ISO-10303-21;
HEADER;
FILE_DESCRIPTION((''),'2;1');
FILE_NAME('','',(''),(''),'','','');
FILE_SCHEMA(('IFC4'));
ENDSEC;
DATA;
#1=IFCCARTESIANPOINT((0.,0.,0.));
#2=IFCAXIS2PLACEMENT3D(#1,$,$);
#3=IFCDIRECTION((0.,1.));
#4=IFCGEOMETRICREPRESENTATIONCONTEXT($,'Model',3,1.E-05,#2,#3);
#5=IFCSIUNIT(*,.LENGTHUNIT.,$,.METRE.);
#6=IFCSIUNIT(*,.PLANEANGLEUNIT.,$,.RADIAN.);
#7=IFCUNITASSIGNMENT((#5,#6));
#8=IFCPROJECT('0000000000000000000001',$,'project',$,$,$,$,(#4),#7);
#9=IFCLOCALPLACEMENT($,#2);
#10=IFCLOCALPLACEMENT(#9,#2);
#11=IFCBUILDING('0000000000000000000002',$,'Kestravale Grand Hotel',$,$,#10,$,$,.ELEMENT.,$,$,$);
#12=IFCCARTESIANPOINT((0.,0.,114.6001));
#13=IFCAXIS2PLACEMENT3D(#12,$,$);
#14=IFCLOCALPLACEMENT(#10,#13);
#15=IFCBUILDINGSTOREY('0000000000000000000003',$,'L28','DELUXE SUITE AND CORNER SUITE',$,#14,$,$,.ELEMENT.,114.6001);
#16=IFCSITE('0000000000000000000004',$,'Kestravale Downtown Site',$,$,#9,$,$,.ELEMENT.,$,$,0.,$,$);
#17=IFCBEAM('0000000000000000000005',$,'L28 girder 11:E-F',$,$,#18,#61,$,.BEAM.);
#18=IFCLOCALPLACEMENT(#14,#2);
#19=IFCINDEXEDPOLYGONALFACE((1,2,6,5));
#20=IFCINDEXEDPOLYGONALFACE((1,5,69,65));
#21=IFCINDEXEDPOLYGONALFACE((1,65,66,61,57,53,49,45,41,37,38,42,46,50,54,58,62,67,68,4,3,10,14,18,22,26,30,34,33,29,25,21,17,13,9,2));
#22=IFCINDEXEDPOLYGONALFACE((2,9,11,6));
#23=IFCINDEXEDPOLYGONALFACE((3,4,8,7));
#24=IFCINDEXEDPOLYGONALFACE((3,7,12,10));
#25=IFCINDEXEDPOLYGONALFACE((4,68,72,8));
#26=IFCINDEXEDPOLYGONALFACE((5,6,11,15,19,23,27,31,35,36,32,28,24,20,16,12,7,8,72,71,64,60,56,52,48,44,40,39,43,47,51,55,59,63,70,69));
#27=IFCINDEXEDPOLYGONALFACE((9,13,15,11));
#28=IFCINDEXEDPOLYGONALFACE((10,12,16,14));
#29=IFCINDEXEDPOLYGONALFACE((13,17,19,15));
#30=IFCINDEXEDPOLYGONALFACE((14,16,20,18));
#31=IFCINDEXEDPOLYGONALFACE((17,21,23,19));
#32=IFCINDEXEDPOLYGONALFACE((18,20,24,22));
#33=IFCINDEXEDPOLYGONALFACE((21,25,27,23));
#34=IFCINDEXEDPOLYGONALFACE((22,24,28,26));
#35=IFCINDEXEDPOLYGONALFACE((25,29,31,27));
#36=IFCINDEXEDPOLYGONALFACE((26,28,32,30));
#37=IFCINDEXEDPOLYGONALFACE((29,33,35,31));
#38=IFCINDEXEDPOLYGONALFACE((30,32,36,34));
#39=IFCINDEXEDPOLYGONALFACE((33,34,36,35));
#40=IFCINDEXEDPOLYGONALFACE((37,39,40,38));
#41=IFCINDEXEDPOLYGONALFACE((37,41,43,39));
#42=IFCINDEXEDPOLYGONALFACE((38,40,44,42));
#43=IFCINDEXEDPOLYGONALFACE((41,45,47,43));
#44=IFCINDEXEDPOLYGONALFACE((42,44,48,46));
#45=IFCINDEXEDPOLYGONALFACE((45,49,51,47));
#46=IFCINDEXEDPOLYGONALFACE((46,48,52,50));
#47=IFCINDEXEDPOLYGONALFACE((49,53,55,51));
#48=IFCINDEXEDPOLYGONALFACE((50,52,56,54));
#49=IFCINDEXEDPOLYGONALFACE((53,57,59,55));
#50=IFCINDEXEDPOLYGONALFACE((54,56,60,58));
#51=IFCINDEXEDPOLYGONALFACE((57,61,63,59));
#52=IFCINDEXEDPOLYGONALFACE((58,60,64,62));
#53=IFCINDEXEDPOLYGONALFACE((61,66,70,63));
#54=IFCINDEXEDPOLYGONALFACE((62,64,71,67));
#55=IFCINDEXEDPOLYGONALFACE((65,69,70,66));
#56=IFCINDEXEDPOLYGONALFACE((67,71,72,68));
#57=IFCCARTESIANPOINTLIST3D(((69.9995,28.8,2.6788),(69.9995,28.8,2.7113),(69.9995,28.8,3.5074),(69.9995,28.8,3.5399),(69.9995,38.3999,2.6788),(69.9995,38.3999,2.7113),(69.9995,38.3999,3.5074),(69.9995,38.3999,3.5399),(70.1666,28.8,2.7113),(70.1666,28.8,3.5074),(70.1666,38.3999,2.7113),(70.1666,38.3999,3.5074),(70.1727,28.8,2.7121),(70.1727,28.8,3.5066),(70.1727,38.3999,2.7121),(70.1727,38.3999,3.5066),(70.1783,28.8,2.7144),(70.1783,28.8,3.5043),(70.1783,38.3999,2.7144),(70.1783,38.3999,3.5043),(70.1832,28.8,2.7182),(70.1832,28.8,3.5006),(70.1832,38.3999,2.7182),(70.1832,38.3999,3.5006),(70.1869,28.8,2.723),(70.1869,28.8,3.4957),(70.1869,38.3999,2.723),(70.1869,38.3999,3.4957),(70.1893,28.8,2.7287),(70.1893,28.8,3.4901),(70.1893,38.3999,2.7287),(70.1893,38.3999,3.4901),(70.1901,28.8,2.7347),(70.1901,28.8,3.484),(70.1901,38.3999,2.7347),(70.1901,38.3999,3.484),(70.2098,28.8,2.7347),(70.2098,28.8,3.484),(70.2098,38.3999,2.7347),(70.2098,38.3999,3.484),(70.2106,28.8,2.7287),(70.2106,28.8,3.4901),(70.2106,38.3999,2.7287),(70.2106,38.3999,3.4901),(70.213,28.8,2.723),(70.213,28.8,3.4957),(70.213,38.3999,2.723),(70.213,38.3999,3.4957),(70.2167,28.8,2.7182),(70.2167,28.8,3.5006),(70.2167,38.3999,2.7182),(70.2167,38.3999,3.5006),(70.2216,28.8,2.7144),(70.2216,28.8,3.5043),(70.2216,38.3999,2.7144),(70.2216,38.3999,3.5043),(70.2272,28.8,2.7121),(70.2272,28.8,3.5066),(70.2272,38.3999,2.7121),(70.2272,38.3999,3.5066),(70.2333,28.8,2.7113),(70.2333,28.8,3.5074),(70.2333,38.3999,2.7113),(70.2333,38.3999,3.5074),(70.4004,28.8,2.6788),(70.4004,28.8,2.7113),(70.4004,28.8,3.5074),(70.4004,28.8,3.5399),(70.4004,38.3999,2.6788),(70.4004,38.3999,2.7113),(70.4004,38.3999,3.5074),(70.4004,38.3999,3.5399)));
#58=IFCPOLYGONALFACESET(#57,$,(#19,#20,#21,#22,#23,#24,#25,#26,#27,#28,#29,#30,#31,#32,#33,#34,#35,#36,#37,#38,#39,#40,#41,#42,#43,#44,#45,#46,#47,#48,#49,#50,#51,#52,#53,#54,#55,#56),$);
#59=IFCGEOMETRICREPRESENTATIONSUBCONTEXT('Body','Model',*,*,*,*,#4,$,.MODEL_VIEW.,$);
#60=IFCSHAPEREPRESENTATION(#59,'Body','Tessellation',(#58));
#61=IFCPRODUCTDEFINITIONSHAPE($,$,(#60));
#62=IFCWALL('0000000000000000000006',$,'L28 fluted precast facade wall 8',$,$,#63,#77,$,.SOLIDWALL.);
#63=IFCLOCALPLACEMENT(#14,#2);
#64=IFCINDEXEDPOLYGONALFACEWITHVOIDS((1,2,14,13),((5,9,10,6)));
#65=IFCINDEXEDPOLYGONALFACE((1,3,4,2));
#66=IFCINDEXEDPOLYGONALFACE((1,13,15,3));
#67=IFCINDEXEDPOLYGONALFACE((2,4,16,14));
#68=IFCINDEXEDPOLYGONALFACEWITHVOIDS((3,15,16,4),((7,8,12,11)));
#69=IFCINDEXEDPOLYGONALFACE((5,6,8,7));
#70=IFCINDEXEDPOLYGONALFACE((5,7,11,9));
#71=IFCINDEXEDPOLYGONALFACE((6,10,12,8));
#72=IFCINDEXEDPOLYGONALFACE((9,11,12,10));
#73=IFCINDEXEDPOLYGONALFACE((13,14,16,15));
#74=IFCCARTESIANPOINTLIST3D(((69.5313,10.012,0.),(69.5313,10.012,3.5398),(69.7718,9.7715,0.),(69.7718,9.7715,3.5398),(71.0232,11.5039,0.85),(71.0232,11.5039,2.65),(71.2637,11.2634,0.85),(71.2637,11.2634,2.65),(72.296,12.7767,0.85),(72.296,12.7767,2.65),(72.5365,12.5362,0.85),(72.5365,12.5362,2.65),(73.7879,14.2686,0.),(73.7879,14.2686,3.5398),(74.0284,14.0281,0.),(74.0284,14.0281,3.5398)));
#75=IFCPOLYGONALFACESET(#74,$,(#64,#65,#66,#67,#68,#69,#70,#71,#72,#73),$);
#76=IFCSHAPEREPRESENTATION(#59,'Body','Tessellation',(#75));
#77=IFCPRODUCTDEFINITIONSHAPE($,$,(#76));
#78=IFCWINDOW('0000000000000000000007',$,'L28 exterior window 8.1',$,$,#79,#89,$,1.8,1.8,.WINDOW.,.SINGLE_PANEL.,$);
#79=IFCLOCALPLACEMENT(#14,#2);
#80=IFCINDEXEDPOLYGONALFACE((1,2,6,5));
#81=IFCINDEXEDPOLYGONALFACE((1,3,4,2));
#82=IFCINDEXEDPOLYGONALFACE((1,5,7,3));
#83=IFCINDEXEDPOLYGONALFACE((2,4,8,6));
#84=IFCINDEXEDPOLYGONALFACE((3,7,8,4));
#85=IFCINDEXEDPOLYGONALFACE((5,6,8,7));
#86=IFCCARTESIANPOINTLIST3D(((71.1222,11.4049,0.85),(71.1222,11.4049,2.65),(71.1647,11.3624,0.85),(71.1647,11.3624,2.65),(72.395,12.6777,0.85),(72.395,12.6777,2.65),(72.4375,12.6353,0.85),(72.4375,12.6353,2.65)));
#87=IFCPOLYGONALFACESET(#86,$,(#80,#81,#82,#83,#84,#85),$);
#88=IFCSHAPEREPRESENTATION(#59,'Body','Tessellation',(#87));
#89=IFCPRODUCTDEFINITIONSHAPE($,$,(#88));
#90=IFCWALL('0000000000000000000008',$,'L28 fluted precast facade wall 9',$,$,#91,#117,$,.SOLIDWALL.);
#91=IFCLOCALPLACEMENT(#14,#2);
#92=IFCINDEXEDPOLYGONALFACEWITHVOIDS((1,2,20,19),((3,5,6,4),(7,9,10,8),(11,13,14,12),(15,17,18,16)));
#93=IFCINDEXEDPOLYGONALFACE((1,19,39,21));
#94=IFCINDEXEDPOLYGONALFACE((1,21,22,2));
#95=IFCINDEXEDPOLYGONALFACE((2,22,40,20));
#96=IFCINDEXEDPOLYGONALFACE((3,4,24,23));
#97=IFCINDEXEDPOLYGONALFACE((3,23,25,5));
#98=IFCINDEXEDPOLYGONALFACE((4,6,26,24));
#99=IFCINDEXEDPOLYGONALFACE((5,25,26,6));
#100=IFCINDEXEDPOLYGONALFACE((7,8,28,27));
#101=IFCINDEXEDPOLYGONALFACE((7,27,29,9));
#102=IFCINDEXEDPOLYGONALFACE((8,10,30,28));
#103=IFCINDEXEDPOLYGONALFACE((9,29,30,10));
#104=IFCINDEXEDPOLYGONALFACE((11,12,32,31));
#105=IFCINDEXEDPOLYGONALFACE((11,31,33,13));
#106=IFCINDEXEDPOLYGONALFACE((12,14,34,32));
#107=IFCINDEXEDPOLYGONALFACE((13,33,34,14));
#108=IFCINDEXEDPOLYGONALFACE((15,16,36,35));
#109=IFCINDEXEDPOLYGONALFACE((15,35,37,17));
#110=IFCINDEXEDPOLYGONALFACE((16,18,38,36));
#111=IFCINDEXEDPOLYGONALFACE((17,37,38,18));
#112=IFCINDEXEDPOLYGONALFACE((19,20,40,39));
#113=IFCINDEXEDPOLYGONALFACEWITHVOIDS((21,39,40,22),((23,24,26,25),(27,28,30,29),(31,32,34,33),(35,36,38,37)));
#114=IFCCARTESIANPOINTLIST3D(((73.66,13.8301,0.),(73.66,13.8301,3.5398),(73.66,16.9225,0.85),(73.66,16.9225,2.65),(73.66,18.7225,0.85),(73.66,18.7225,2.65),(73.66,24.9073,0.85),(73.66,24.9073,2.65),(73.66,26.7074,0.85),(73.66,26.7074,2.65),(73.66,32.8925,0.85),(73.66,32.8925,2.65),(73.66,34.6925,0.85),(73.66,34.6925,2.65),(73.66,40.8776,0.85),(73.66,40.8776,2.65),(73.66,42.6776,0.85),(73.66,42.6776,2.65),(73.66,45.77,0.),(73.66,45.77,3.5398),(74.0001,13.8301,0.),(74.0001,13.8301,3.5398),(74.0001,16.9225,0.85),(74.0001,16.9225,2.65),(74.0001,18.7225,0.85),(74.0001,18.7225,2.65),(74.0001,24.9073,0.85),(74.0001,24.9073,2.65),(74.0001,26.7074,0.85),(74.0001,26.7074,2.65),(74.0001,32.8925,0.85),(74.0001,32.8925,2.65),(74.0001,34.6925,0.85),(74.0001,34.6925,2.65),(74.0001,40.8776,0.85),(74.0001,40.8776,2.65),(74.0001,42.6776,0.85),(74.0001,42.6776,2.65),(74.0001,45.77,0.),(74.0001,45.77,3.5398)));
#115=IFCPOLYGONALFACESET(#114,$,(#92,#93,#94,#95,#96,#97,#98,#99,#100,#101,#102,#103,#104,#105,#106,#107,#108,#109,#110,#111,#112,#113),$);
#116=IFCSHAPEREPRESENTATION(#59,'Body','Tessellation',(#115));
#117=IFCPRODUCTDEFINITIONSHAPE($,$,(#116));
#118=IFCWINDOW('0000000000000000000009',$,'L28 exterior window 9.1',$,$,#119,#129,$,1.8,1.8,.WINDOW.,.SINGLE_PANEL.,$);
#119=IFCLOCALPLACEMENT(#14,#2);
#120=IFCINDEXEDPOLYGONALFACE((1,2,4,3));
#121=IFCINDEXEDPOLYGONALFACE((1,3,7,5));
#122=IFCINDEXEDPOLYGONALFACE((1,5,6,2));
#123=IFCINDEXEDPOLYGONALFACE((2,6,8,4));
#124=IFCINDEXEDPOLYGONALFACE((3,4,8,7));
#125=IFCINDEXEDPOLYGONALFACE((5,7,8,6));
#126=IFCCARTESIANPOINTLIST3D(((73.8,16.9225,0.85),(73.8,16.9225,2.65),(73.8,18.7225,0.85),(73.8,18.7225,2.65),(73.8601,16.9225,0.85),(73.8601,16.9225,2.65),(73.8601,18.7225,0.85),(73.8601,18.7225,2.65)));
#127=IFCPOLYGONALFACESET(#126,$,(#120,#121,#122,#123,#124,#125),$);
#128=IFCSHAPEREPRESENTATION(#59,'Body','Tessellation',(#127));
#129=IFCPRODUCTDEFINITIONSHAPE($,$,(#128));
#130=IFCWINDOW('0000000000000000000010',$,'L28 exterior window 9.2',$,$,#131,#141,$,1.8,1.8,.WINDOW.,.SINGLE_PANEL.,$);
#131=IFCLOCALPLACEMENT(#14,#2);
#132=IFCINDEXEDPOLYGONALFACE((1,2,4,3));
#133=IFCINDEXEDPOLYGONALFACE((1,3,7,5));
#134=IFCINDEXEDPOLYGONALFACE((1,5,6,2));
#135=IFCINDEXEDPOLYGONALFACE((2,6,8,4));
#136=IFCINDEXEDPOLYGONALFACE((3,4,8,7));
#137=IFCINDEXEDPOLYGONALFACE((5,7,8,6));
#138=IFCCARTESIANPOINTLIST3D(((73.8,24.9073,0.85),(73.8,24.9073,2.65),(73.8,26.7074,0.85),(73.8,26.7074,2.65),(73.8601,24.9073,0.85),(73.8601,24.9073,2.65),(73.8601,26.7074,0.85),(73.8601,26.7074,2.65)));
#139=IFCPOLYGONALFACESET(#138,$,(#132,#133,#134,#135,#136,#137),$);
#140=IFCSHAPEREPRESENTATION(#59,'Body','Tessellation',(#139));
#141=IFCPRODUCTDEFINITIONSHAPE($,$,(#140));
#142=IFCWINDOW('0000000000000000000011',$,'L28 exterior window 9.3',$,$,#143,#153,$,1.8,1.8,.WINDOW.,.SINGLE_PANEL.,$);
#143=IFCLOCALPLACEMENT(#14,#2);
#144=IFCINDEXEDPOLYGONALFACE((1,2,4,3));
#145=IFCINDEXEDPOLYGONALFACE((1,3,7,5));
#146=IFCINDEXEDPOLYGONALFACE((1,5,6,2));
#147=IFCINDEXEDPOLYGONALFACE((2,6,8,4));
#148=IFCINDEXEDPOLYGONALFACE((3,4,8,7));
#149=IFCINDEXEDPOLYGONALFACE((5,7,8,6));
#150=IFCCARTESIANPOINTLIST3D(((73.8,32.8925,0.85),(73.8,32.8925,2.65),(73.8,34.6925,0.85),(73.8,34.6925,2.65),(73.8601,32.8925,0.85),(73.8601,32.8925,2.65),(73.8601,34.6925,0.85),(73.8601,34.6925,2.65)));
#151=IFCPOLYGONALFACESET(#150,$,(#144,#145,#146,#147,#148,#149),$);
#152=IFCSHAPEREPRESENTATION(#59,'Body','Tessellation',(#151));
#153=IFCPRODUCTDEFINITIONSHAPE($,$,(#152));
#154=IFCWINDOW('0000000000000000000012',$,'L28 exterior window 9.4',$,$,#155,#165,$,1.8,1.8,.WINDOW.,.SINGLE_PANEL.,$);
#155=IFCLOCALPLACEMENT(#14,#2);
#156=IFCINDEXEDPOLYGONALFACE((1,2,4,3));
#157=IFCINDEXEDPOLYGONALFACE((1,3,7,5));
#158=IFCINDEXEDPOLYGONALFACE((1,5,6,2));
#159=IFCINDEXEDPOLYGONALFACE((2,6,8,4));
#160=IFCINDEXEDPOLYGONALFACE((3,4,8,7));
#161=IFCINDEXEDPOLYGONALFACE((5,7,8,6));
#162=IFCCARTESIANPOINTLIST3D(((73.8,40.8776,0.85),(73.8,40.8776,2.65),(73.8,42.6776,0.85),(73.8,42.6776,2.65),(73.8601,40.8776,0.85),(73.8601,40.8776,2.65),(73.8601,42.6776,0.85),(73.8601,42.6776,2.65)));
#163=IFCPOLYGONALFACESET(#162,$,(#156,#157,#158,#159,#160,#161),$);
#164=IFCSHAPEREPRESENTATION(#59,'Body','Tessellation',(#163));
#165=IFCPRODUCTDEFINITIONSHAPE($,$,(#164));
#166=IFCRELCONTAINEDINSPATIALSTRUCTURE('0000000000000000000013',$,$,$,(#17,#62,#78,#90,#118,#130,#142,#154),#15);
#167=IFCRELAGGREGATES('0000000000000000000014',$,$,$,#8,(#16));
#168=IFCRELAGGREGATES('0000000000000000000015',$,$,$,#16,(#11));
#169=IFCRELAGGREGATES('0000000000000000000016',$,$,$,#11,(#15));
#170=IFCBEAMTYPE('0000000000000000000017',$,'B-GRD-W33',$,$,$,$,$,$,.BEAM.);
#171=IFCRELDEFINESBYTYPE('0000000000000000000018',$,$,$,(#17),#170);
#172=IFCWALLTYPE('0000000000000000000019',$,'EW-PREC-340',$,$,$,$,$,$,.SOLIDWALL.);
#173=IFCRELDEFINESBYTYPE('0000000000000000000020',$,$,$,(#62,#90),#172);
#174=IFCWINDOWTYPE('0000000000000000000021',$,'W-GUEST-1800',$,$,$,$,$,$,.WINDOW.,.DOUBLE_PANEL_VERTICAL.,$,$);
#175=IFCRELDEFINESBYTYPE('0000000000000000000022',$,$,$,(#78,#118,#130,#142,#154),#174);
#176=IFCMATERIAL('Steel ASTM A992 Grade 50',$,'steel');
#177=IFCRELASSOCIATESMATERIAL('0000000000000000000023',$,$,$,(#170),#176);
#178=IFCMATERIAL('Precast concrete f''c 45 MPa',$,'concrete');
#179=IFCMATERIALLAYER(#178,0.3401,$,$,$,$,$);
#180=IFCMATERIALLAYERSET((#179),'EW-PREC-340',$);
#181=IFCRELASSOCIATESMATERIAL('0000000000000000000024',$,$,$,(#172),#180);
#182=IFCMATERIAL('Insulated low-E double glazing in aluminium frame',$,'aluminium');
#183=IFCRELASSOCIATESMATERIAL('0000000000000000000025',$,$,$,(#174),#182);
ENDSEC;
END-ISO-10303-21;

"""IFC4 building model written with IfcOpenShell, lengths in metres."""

from ifc_helpers import new_model, si_unit, direction, frame, frame_2d, origin, origin_2d, place, context, subcontext, project, spatial, rectangle, i_section, extrude, material, layer, layer_set, material_profile, profile_set, type_object, element, fill, save


model = new_model("IFC4")

# Units and contexts
model_context = context("Model", 3, precision=1e-05, world=origin(), true_north=direction((0.0, 1.0)))
body_context = subcontext(model_context, "Body", "Model", "MODEL_VIEW")
ifc_project = project(units=[si_unit("LENGTHUNIT", "METRE"), si_unit("PLANEANGLEUNIT", "RADIAN")], contexts=[model_context])

# Site, building, storey
site_placement = place(None, origin())
site = spatial("IfcSite", under=ifc_project, at=site_placement, Name="Kestravale Downtown Site", CompositionType="ELEMENT", RefElevation=0.0)
building_placement = place(site_placement, origin())
building = spatial("IfcBuilding", under=site, at=building_placement, Name="Kestravale Grand Hotel", CompositionType="ELEMENT")
storey_placement = place(building_placement, frame((0.0, 0.0, 114.6001)))
storey = spatial("IfcBuildingStorey", under=building, at=storey_placement, Name="L28", Description="DELUXE SUITE AND CORNER SUITE", CompositionType="ELEMENT", Elevation=114.6001)

# Beam
ifc_material_1 = material(Name="Steel ASTM A992 Grade 50", Category="steel")
ifc_material_profile_1 = material_profile(ifc_material_1, i_section(OverallWidth=0.4009, OverallDepth=0.8611, WebThickness=0.0198, FlangeThickness=0.0325, FilletRadius=0.0234, at=origin_2d()))
ifc_profile_set_1 = profile_set([ifc_material_profile_1], Name="Steel ASTM A992 Grade 50")
beam_type_1 = type_object("IfcBeamType", Name="B-GRD-W33", PredefinedType="BEAM", material=ifc_profile_set_1)
beam_1_placement = place(storey_placement, frame((70.2, 28.8, 3.1094), z_axis=(0.0, 1.0, 0.0), x_axis=(-1.0, 0.0, 0.0)))
element("IfcBeam", 1, at=beam_1_placement, inside=storey, type_object=beam_type_1, Name="L28 girder 11:E-F", PredefinedType="BEAM", context=body_context, shape_type="SweptSolid", body=[
    extrude(i_section(OverallWidth=0.4009, OverallDepth=0.8611, WebThickness=0.0198, FlangeThickness=0.0325, FilletRadius=0.0234, at=origin_2d()), origin(), (0.0, 0.0, 1.0), 9.5999),
])

# Wall, opening, window
ifc_material_2 = material(Name="Precast concrete f'c 45 MPa", Category="concrete")
ifc_layer_1 = layer(ifc_material_2, 0.3401)
ifc_layer_set_1 = layer_set([ifc_layer_1], Name="EW-PREC-340")
wall_type_1 = type_object("IfcWallType", Name="EW-PREC-340", PredefinedType="SOLIDWALL", material=ifc_layer_set_1)
wall_1_placement = place(storey_placement, frame((69.6516, 9.8918, 0.0), z_axis=(0.0, 0.0, 1.0), x_axis=(0.707107, 0.707107, 0.0)))
wall_1 = element("IfcWall", 2, at=wall_1_placement, inside=storey, type_object=wall_type_1, Name="L28 fluted precast facade wall 8", PredefinedType="SOLIDWALL", context=body_context, shape_type="SweptSolid", body=[
    extrude(rectangle(XDim=6.0198, YDim=0.3401, at=frame_2d((3.0098, 0.0))), origin(), (0.0, 0.0, 1.0), 3.5398),
])
opening_1_placement = place(wall_1_placement, frame((2.1099, 0.0, 0.8501)))
opening_1 = element("IfcOpeningElement", 3, at=opening_1_placement, cuts=wall_1, PredefinedType="OPENING", context=body_context, shape_type="SweptSolid", body=[
    extrude(rectangle(XDim=1.8, YDim=1.8, at=frame_2d((0.8999, 0.8999))), frame((0.0, 0.1799, 0.0), z_axis=(0.0, -1.0, 0.0), x_axis=(1.0, 0.0, 0.0)), (0.0, 0.0, 1.0), 0.3601),
])
ifc_material_3 = material(Name="Insulated low-E double glazing in aluminium frame", Category="aluminium")
window_type = type_object("IfcWindowType", Name="W-GUEST-1800", PartitioningType="DOUBLE_PANEL_VERTICAL", PredefinedType="WINDOW", material=ifc_material_3)
window_1_placement = place(opening_1_placement, origin())
window_1 = element("IfcWindow", 4, at=window_1_placement, inside=storey, type_object=window_type, Name="L28 exterior window 8.1", OverallHeight=1.8, OverallWidth=1.8, PartitioningType="SINGLE_PANEL", PredefinedType="WINDOW", context=body_context, shape_type="SweptSolid", body=[
    extrude(rectangle(XDim=1.8, YDim=1.8, at=frame_2d((0.8999, 0.8999))), frame((0.0, 0.03, 0.0), z_axis=(0.0, -1.0, 0.0), x_axis=(1.0, 0.0, 0.0)), (0.0, 0.0, 1.0), 0.0601),
])
fill(opening_1, window_1)

# Wall, openings, windows
wall_2_placement = place(storey_placement, frame((73.8301, 13.8301, 0.0), z_axis=(0.0, 0.0, 1.0), x_axis=(0.0, 1.0, 0.0)))
wall_2 = element("IfcWall", 5, at=wall_2_placement, inside=storey, type_object=wall_type_1, Name="L28 fluted precast facade wall 9", PredefinedType="SOLIDWALL", context=body_context, shape_type="SweptSolid", body=[
    extrude(rectangle(XDim=31.9399, YDim=0.3401, at=frame_2d((15.97, 0.0))), origin(), (0.0, 0.0, 1.0), 3.5398),
])
opening_2_placement = place(wall_2_placement, frame((3.0925, 0.0, 0.8501)))
opening_2 = element("IfcOpeningElement", 6, at=opening_2_placement, cuts=wall_2, PredefinedType="OPENING", context=body_context, shape_type="SweptSolid", body=[
    extrude(rectangle(XDim=1.8, YDim=1.8, at=frame_2d((0.8999, 0.8999))), frame((0.0, 0.1799, 0.0), z_axis=(0.0, -1.0, 0.0), x_axis=(1.0, 0.0, 0.0)), (0.0, 0.0, 1.0), 0.3601),
])
opening_3_placement = place(wall_2_placement, frame((11.0774, 0.0, 0.8501)))
opening_3 = element("IfcOpeningElement", 7, at=opening_3_placement, cuts=wall_2, PredefinedType="OPENING", context=body_context, shape_type="SweptSolid", body=[
    extrude(rectangle(XDim=1.8, YDim=1.8, at=frame_2d((0.8999, 0.8999))), frame((0.0, 0.1799, 0.0), z_axis=(0.0, -1.0, 0.0), x_axis=(1.0, 0.0, 0.0)), (0.0, 0.0, 1.0), 0.3601),
])
opening_4_placement = place(wall_2_placement, frame((19.0625, 0.0, 0.8501)))
opening_4 = element("IfcOpeningElement", 8, at=opening_4_placement, cuts=wall_2, PredefinedType="OPENING", context=body_context, shape_type="SweptSolid", body=[
    extrude(rectangle(XDim=1.8, YDim=1.8, at=frame_2d((0.8999, 0.8999))), frame((0.0, 0.1799, 0.0), z_axis=(0.0, -1.0, 0.0), x_axis=(1.0, 0.0, 0.0)), (0.0, 0.0, 1.0), 0.3601),
])
opening_5_placement = place(wall_2_placement, frame((27.0476, 0.0, 0.8501)))
opening_5 = element("IfcOpeningElement", 9, at=opening_5_placement, cuts=wall_2, PredefinedType="OPENING", context=body_context, shape_type="SweptSolid", body=[
    extrude(rectangle(XDim=1.8, YDim=1.8, at=frame_2d((0.8999, 0.8999))), frame((0.0, 0.1799, 0.0), z_axis=(0.0, -1.0, 0.0), x_axis=(1.0, 0.0, 0.0)), (0.0, 0.0, 1.0), 0.3601),
])
window_2_placement = place(opening_2_placement, origin())
window_2 = element("IfcWindow", 10, at=window_2_placement, inside=storey, type_object=window_type, Name="L28 exterior window 9.1", OverallHeight=1.8, OverallWidth=1.8, PartitioningType="SINGLE_PANEL", PredefinedType="WINDOW", context=body_context, shape_type="SweptSolid", body=[
    extrude(rectangle(XDim=1.8, YDim=1.8, at=frame_2d((0.8999, 0.8999))), frame((0.0, 0.03, 0.0), z_axis=(0.0, -1.0, 0.0), x_axis=(1.0, 0.0, 0.0)), (0.0, 0.0, 1.0), 0.0601),
])
fill(opening_2, window_2)
window_3_placement = place(opening_3_placement, origin())
window_3 = element("IfcWindow", 11, at=window_3_placement, inside=storey, type_object=window_type, Name="L28 exterior window 9.2", OverallHeight=1.8, OverallWidth=1.8, PartitioningType="SINGLE_PANEL", PredefinedType="WINDOW", context=body_context, shape_type="SweptSolid", body=[
    extrude(rectangle(XDim=1.8, YDim=1.8, at=frame_2d((0.8999, 0.8999))), frame((0.0, 0.03, 0.0), z_axis=(0.0, -1.0, 0.0), x_axis=(1.0, 0.0, 0.0)), (0.0, 0.0, 1.0), 0.0601),
])
fill(opening_3, window_3)
window_4_placement = place(opening_4_placement, origin())
window_4 = element("IfcWindow", 12, at=window_4_placement, inside=storey, type_object=window_type, Name="L28 exterior window 9.3", OverallHeight=1.8, OverallWidth=1.8, PartitioningType="SINGLE_PANEL", PredefinedType="WINDOW", context=body_context, shape_type="SweptSolid", body=[
    extrude(rectangle(XDim=1.8, YDim=1.8, at=frame_2d((0.8999, 0.8999))), frame((0.0, 0.03, 0.0), z_axis=(0.0, -1.0, 0.0), x_axis=(1.0, 0.0, 0.0)), (0.0, 0.0, 1.0), 0.0601),
])
fill(opening_4, window_4)
window_5_placement = place(opening_5_placement, origin())
window_5 = element("IfcWindow", 13, at=window_5_placement, inside=storey, type_object=window_type, Name="L28 exterior window 9.4", OverallHeight=1.8, OverallWidth=1.8, PartitioningType="SINGLE_PANEL", PredefinedType="WINDOW", context=body_context, shape_type="SweptSolid", body=[
    extrude(rectangle(XDim=1.8, YDim=1.8, at=frame_2d((0.8999, 0.8999))), frame((0.0, 0.03, 0.0), z_axis=(0.0, -1.0, 0.0), x_axis=(1.0, 0.0, 0.0)), (0.0, 0.0, 1.0), 0.0601),
])
fill(opening_5, window_5)

save(model, "model.ifc")
